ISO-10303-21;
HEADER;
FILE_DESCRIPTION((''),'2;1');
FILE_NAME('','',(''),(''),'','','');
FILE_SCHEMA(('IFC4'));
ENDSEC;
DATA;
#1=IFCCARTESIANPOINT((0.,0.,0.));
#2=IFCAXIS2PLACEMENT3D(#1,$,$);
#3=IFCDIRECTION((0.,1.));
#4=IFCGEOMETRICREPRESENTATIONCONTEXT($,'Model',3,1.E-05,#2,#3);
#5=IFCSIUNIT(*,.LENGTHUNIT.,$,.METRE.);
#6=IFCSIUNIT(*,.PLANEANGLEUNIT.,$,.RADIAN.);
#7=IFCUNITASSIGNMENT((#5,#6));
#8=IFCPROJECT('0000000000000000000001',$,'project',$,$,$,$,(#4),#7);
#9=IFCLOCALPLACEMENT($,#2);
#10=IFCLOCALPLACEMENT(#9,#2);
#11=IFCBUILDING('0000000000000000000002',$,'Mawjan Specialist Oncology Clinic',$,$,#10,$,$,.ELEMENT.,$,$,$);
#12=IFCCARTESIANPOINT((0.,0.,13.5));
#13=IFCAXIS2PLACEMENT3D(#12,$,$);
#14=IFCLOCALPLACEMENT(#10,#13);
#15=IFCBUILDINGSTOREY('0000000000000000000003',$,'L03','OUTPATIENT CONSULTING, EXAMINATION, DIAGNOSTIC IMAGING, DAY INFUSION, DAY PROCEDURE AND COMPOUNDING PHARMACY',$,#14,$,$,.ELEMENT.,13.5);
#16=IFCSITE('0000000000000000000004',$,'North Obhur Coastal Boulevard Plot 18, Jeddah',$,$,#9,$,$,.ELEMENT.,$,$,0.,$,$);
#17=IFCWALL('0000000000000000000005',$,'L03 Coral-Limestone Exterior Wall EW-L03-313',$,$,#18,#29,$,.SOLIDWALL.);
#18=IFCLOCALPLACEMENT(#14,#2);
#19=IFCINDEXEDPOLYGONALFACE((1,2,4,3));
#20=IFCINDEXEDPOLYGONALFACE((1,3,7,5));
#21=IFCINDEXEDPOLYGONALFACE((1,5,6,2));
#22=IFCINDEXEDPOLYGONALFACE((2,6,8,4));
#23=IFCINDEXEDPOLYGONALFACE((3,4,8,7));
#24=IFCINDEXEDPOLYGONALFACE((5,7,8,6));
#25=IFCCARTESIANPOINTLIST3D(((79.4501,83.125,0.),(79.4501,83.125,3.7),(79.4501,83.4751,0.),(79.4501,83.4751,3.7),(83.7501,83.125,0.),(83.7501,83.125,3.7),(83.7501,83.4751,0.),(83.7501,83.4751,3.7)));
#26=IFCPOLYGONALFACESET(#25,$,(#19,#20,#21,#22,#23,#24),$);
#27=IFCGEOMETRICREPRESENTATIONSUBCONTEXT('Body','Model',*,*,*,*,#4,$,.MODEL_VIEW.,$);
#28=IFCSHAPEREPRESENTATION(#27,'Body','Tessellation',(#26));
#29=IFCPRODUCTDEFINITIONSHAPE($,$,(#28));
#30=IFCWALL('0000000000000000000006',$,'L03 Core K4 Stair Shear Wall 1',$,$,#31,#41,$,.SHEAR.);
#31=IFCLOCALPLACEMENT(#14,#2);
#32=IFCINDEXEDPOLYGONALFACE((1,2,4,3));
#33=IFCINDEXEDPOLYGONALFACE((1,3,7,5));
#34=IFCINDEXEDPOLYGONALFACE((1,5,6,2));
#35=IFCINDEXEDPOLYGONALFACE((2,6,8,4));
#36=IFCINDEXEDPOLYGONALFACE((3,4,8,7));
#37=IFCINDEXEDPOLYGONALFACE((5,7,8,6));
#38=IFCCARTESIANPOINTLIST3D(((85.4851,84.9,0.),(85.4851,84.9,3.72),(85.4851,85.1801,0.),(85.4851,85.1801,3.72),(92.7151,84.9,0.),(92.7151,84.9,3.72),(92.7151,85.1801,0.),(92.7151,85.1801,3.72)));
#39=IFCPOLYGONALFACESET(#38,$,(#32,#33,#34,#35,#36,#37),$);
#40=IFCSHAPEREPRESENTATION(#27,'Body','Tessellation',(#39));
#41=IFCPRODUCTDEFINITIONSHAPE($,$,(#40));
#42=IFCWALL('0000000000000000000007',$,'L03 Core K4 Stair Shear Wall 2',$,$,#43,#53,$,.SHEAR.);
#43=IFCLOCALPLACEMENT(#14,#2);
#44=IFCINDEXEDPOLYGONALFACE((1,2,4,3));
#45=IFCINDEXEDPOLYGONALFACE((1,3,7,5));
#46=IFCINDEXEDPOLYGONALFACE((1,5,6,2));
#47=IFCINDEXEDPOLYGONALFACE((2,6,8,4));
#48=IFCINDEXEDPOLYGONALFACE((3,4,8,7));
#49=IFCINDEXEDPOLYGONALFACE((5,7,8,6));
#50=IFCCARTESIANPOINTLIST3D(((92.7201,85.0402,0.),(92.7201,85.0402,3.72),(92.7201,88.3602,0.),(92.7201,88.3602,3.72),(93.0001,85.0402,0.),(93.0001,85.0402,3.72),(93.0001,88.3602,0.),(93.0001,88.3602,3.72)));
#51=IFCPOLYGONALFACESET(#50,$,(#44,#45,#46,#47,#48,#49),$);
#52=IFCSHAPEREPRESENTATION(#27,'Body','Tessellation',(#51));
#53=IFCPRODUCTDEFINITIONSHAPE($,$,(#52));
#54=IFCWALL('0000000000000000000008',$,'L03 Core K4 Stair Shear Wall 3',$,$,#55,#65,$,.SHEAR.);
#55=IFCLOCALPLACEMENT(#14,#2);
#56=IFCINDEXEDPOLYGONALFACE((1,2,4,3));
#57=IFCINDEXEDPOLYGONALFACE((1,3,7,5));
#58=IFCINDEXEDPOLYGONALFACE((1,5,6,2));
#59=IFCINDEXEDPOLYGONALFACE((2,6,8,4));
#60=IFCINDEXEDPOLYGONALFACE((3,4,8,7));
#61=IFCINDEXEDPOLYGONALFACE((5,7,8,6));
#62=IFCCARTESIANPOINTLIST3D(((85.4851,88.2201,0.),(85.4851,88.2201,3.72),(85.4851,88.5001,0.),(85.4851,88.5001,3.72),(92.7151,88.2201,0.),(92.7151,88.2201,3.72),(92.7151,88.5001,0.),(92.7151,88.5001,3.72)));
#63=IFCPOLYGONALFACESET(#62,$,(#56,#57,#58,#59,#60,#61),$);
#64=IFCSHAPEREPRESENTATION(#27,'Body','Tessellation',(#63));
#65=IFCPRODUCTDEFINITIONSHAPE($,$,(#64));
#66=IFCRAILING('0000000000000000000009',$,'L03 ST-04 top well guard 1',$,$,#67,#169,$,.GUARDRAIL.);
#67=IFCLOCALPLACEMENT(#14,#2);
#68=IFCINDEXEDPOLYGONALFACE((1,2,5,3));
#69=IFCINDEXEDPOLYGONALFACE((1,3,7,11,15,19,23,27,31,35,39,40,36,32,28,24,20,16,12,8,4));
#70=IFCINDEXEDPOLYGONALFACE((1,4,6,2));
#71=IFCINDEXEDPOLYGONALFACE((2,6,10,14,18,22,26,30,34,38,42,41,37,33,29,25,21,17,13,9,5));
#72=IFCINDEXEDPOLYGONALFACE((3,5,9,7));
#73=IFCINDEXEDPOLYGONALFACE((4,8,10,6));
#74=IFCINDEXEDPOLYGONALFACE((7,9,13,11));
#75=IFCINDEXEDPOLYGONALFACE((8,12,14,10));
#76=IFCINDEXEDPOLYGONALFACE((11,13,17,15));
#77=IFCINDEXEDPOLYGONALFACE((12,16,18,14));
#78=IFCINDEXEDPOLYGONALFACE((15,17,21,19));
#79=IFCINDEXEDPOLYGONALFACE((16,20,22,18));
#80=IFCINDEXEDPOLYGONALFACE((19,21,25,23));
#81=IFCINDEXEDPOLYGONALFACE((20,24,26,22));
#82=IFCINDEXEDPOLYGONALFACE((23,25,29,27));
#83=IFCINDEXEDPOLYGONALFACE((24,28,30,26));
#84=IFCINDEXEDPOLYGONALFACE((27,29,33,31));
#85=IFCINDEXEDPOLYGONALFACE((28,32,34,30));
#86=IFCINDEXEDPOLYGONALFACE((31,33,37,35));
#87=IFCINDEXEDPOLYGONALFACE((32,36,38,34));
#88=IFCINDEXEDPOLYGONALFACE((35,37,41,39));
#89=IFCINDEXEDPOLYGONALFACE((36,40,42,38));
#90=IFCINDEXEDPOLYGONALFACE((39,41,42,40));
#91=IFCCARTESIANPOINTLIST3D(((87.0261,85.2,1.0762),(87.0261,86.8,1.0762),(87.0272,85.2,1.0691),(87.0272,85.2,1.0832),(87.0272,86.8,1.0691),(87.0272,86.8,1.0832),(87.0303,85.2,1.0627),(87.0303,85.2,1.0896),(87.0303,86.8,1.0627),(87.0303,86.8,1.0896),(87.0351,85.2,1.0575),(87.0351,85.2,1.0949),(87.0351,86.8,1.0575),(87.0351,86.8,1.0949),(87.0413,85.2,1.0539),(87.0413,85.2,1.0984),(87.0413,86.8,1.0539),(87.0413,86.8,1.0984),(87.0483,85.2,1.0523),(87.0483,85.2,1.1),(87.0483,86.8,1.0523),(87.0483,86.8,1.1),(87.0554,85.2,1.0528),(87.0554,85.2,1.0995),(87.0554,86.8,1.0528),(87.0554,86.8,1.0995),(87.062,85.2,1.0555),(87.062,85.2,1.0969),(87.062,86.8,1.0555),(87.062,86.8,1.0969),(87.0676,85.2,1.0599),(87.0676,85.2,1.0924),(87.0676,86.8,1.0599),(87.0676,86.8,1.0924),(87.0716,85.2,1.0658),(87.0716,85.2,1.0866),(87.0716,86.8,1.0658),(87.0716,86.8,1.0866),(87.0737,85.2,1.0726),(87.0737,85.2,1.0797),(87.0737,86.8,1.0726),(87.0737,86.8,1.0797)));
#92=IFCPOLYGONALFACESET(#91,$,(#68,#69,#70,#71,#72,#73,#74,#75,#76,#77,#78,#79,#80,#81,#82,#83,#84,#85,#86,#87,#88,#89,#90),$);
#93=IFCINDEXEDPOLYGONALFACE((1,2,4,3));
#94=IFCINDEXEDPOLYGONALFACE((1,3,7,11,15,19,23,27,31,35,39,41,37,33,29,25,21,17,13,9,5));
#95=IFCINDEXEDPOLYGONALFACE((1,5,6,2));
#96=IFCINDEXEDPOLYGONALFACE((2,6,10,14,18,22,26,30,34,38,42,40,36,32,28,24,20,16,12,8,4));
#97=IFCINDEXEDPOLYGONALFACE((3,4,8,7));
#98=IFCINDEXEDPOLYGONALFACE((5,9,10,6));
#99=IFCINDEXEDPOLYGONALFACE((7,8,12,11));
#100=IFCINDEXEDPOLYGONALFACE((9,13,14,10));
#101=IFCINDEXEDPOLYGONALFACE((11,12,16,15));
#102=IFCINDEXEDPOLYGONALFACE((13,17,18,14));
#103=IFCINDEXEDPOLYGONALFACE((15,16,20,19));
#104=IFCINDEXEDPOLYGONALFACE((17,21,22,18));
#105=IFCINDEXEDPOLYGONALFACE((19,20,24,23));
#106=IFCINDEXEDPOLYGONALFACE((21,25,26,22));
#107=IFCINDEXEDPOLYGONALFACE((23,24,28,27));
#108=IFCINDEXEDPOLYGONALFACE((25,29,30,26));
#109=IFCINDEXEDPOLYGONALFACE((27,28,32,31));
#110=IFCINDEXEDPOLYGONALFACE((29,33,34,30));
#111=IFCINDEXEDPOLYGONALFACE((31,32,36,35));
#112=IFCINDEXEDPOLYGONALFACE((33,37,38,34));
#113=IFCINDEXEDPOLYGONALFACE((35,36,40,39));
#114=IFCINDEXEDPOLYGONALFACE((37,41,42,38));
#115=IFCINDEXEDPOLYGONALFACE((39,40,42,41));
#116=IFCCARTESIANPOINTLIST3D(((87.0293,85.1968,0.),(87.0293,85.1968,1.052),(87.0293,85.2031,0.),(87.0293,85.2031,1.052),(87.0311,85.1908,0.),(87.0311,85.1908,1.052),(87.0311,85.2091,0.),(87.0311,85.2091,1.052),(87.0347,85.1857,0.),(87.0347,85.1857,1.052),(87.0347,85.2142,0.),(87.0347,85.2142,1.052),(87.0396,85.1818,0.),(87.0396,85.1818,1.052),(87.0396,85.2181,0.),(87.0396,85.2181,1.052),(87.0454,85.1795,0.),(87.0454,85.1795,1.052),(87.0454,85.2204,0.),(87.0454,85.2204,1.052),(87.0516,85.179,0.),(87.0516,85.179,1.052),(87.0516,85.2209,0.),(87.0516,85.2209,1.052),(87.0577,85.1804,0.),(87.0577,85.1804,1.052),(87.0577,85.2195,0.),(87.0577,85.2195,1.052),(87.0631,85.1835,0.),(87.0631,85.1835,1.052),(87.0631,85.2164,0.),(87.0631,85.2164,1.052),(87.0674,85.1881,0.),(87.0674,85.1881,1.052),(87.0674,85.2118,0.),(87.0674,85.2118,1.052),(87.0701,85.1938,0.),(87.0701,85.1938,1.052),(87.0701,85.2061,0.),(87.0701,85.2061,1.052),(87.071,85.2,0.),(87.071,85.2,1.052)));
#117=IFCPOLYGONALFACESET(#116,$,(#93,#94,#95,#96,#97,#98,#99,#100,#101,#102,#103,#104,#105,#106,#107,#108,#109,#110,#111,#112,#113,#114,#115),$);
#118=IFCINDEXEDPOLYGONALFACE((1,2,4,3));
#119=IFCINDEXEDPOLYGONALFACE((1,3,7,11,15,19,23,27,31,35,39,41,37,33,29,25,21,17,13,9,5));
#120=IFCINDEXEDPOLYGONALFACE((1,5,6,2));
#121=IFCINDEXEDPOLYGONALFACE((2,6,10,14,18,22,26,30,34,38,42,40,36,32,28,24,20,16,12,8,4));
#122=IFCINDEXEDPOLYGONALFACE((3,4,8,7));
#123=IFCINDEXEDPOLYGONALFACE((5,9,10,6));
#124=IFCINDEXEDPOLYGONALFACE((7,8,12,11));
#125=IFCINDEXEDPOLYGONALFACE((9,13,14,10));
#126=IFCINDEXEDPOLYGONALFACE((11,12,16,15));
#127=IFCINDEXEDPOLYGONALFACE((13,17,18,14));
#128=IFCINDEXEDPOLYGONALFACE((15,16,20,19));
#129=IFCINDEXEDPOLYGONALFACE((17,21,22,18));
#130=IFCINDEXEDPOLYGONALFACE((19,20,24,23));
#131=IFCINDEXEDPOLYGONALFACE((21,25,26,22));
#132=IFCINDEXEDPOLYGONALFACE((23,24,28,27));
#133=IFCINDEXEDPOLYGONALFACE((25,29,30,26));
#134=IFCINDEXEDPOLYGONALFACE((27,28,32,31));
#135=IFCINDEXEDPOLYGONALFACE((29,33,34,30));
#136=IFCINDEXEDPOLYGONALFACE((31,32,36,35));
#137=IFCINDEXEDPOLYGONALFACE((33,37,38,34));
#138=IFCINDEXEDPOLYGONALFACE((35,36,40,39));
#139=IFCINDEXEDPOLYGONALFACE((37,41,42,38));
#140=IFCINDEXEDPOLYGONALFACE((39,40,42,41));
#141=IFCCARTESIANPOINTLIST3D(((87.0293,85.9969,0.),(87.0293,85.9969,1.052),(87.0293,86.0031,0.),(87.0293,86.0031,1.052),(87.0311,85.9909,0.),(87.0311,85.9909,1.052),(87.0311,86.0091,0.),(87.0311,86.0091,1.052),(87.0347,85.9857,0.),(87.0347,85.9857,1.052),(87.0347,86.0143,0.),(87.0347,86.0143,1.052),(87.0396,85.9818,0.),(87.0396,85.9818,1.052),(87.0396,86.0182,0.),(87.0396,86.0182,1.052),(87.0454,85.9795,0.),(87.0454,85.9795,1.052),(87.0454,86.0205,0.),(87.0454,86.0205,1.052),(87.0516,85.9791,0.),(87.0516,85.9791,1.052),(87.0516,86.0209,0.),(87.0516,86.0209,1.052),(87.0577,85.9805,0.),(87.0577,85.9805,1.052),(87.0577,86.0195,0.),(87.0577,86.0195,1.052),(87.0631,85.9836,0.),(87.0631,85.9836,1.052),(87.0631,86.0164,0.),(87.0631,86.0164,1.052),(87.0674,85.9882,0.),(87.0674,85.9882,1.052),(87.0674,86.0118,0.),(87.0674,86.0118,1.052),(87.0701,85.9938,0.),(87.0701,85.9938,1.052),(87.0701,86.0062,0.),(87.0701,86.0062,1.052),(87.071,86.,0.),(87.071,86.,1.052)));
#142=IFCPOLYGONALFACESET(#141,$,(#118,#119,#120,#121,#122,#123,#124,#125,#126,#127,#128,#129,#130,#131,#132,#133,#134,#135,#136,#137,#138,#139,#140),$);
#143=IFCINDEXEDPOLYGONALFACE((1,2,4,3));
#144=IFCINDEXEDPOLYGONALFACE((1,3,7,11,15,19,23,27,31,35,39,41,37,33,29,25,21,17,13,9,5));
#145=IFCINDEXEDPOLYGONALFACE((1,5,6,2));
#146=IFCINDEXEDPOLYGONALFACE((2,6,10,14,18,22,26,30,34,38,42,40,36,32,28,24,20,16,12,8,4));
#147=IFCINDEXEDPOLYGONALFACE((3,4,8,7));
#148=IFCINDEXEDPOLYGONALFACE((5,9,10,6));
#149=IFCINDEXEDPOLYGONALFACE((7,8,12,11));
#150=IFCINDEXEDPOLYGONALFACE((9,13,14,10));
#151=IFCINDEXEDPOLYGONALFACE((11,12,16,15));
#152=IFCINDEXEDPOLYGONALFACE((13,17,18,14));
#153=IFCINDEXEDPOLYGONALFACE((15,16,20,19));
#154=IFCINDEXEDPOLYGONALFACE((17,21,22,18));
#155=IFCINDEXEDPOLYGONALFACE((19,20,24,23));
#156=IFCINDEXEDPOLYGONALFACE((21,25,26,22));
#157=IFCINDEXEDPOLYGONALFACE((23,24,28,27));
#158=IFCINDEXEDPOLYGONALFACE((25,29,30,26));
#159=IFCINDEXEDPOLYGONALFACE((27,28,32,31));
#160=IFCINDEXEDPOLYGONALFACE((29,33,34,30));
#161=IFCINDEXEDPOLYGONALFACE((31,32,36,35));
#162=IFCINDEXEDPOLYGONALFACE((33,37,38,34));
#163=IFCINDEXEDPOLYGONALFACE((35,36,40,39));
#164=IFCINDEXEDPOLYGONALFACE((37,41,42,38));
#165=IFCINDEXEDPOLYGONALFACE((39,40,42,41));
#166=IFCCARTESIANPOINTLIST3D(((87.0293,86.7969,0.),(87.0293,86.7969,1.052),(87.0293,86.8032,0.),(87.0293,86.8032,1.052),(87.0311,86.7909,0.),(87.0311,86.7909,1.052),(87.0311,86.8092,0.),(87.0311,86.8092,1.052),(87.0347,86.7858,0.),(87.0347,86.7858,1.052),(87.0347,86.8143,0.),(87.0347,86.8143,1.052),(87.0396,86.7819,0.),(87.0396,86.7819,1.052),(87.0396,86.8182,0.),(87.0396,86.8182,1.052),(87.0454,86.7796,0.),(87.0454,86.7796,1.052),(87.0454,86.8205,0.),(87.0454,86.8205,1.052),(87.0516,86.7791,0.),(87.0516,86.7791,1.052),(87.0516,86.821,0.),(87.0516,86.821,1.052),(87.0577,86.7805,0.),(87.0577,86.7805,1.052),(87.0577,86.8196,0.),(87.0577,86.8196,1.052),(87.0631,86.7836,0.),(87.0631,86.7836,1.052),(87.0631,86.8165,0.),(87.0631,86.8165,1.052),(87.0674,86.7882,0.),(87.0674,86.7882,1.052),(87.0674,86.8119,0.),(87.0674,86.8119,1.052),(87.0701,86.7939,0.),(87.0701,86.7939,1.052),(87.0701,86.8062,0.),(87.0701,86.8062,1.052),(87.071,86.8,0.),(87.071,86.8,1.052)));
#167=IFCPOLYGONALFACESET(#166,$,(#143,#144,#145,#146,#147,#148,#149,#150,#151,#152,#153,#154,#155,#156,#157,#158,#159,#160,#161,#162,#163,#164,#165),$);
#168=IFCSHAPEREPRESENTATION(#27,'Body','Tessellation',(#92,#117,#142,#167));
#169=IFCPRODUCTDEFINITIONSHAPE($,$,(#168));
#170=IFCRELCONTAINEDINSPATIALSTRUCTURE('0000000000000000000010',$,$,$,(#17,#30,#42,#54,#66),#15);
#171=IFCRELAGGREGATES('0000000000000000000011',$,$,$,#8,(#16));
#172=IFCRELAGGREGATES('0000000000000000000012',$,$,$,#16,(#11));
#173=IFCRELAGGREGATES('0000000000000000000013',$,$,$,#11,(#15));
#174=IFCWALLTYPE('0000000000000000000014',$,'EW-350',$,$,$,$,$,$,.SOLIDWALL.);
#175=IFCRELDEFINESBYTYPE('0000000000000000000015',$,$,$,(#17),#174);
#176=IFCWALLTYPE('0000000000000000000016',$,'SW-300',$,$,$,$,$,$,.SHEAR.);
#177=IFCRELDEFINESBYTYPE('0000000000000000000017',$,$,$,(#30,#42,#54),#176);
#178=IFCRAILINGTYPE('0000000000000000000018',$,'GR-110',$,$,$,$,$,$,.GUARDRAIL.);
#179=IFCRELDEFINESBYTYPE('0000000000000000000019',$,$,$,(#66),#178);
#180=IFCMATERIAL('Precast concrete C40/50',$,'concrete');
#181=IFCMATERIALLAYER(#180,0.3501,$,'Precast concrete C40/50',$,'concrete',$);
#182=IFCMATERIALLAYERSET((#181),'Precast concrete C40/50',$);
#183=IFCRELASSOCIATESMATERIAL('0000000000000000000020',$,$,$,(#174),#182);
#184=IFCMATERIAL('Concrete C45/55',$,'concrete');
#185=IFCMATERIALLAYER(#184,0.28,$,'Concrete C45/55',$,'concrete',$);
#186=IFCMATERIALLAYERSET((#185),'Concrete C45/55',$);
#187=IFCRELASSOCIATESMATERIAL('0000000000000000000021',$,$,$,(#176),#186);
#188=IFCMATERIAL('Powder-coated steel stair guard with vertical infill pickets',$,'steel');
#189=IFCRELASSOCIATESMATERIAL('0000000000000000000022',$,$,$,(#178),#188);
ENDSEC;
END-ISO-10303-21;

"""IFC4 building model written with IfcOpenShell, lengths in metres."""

from ifc_helpers import new_model, si_unit, direction, frame, frame_2d, origin, origin_2d, place, context, subcontext, project, spatial, rectangle, circle, extrude, material, layer, layer_set, type_object, element, save


model = new_model("IFC4")

# Units and contexts
model_context = context("Model", 3, precision=1e-05, world=origin(), true_north=direction((0.0, 1.0)))
body_context = subcontext(model_context, "Body", "Model", "MODEL_VIEW")
ifc_project = project(units=[si_unit("LENGTHUNIT", "METRE"), si_unit("PLANEANGLEUNIT", "RADIAN")], contexts=[model_context])

# Site, building, storey
site_placement = place(None, origin())
site = spatial("IfcSite", under=ifc_project, at=site_placement, Name="North Obhur Coastal Boulevard Plot 18, Jeddah", CompositionType="ELEMENT", RefElevation=0.0)
building_placement = place(site_placement, origin())
building = spatial("IfcBuilding", under=site, at=building_placement, Name="Mawjan Specialist Oncology Clinic", CompositionType="ELEMENT")
storey_placement = place(building_placement, frame((0.0, 0.0, 13.5)))
storey = spatial("IfcBuildingStorey", under=building, at=storey_placement, Name="L03", Description="OUTPATIENT CONSULTING, EXAMINATION, DIAGNOSTIC IMAGING, DAY INFUSION, DAY PROCEDURE AND COMPOUNDING PHARMACY", CompositionType="ELEMENT", Elevation=13.5)

# Shared definitions
ifc_material_1 = material(Name="Precast concrete C40/50", Category="concrete")
ifc_layer_1 = layer(ifc_material_1, 0.3501, Name="Precast concrete C40/50", Category="concrete")
ifc_layer_set_1 = layer_set([ifc_layer_1], Name="Precast concrete C40/50")
wall_type_1 = type_object("IfcWallType", Name="EW-350", PredefinedType="SOLIDWALL", material=ifc_layer_set_1)

# Walls
wall_1_placement = place(storey_placement, frame((83.75, 83.3, 0.0), z_axis=(0.0, 0.0, 1.0), x_axis=(-1.0, 0.0, 0.0)))
element("IfcWall", 1, at=wall_1_placement, inside=storey, type_object=wall_type_1, Name="L03 Coral-Limestone Exterior Wall EW-L03-313", PredefinedType="SOLIDWALL", context=body_context, shape_type="SweptSolid", body=[
    extrude(rectangle(XDim=4.3, YDim=0.3501, at=frame_2d((2.1499, 0.0))), origin(), (0.0, 0.0, 1.0), 3.7),
])
ifc_material_2 = material(Name="Concrete C45/55", Category="concrete")
ifc_layer_2 = layer(ifc_material_2, 0.28, Name="Concrete C45/55", Category="concrete")
ifc_layer_set_2 = layer_set([ifc_layer_2], Name="Concrete C45/55")
wall_type_2 = type_object("IfcWallType", Name="SW-300", PredefinedType="SHEAR", material=ifc_layer_set_2)
wall_2_placement = place(storey_placement, frame((85.4851, 85.04, 0.0), z_axis=(0.0, 0.0, 1.0), x_axis=(1.0, 0.0, 0.0)))
element("IfcWall", 2, at=wall_2_placement, inside=storey, type_object=wall_type_2, Name="L03 Core K4 Stair Shear Wall 1", PredefinedType="SHEAR", context=body_context, shape_type="SweptSolid", body=[
    extrude(rectangle(XDim=7.23, YDim=0.28, at=frame_2d((3.615, 0.0))), origin(), (0.0, 0.0, 1.0), 3.72),
])
wall_3_placement = place(storey_placement, frame((92.8601, 85.04, 0.0), z_axis=(0.0, 0.0, 1.0), x_axis=(0.0, 1.0, 0.0)))
element("IfcWall", 3, at=wall_3_placement, inside=storey, type_object=wall_type_2, Name="L03 Core K4 Stair Shear Wall 2", PredefinedType="SHEAR", context=body_context, shape_type="SweptSolid", body=[
    extrude(rectangle(XDim=3.3201, YDim=0.28, at=frame_2d((1.6602, 0.0))), origin(), (0.0, 0.0, 1.0), 3.72),
])
wall_4_placement = place(storey_placement, frame((92.7151, 88.3601, 0.0), z_axis=(0.0, 0.0, 1.0), x_axis=(-1.0, 0.0, 0.0)))
element("IfcWall", 4, at=wall_4_placement, inside=storey, type_object=wall_type_2, Name="L03 Core K4 Stair Shear Wall 3", PredefinedType="SHEAR", context=body_context, shape_type="SweptSolid", body=[
    extrude(rectangle(XDim=7.23, YDim=0.28, at=frame_2d((3.615, 0.0))), origin(), (0.0, 0.0, 1.0), 3.72),
])

# Railing
ifc_material_3 = material(Name="Powder-coated steel stair guard with vertical infill pickets", Category="steel")
railing_type = type_object("IfcRailingType", Name="GR-110", PredefinedType="GUARDRAIL", material=ifc_material_3)
railing_placement = place(storey_placement, frame((87.05, 85.2, 0.0)))
element("IfcRailing", 5, at=railing_placement, inside=storey, type_object=railing_type, Name="L03 ST-04 top well guard 1", PredefinedType="GUARDRAIL", context=body_context, shape_type="SweptSolid", body=[
    extrude(circle(Radius=0.0239, at=origin_2d()), frame((0.0, 0.0, 1.0762), z_axis=(0.0, 1.0, 0.0), x_axis=(-1.0, 0.0, 0.0)), (0.0, 0.0, 1.0), 1.6001),
    extrude(circle(Radius=0.021, at=origin_2d()), origin(), (0.0, 0.0, 1.0), 1.052),
    extrude(circle(Radius=0.021, at=origin_2d()), frame((0.0, 0.8, 0.0)), (0.0, 0.0, 1.0), 1.052),
    extrude(circle(Radius=0.021, at=origin_2d()), frame((0.0, 1.6001, 0.0)), (0.0, 0.0, 1.0), 1.052),
])

save(model, "model.ifc")
